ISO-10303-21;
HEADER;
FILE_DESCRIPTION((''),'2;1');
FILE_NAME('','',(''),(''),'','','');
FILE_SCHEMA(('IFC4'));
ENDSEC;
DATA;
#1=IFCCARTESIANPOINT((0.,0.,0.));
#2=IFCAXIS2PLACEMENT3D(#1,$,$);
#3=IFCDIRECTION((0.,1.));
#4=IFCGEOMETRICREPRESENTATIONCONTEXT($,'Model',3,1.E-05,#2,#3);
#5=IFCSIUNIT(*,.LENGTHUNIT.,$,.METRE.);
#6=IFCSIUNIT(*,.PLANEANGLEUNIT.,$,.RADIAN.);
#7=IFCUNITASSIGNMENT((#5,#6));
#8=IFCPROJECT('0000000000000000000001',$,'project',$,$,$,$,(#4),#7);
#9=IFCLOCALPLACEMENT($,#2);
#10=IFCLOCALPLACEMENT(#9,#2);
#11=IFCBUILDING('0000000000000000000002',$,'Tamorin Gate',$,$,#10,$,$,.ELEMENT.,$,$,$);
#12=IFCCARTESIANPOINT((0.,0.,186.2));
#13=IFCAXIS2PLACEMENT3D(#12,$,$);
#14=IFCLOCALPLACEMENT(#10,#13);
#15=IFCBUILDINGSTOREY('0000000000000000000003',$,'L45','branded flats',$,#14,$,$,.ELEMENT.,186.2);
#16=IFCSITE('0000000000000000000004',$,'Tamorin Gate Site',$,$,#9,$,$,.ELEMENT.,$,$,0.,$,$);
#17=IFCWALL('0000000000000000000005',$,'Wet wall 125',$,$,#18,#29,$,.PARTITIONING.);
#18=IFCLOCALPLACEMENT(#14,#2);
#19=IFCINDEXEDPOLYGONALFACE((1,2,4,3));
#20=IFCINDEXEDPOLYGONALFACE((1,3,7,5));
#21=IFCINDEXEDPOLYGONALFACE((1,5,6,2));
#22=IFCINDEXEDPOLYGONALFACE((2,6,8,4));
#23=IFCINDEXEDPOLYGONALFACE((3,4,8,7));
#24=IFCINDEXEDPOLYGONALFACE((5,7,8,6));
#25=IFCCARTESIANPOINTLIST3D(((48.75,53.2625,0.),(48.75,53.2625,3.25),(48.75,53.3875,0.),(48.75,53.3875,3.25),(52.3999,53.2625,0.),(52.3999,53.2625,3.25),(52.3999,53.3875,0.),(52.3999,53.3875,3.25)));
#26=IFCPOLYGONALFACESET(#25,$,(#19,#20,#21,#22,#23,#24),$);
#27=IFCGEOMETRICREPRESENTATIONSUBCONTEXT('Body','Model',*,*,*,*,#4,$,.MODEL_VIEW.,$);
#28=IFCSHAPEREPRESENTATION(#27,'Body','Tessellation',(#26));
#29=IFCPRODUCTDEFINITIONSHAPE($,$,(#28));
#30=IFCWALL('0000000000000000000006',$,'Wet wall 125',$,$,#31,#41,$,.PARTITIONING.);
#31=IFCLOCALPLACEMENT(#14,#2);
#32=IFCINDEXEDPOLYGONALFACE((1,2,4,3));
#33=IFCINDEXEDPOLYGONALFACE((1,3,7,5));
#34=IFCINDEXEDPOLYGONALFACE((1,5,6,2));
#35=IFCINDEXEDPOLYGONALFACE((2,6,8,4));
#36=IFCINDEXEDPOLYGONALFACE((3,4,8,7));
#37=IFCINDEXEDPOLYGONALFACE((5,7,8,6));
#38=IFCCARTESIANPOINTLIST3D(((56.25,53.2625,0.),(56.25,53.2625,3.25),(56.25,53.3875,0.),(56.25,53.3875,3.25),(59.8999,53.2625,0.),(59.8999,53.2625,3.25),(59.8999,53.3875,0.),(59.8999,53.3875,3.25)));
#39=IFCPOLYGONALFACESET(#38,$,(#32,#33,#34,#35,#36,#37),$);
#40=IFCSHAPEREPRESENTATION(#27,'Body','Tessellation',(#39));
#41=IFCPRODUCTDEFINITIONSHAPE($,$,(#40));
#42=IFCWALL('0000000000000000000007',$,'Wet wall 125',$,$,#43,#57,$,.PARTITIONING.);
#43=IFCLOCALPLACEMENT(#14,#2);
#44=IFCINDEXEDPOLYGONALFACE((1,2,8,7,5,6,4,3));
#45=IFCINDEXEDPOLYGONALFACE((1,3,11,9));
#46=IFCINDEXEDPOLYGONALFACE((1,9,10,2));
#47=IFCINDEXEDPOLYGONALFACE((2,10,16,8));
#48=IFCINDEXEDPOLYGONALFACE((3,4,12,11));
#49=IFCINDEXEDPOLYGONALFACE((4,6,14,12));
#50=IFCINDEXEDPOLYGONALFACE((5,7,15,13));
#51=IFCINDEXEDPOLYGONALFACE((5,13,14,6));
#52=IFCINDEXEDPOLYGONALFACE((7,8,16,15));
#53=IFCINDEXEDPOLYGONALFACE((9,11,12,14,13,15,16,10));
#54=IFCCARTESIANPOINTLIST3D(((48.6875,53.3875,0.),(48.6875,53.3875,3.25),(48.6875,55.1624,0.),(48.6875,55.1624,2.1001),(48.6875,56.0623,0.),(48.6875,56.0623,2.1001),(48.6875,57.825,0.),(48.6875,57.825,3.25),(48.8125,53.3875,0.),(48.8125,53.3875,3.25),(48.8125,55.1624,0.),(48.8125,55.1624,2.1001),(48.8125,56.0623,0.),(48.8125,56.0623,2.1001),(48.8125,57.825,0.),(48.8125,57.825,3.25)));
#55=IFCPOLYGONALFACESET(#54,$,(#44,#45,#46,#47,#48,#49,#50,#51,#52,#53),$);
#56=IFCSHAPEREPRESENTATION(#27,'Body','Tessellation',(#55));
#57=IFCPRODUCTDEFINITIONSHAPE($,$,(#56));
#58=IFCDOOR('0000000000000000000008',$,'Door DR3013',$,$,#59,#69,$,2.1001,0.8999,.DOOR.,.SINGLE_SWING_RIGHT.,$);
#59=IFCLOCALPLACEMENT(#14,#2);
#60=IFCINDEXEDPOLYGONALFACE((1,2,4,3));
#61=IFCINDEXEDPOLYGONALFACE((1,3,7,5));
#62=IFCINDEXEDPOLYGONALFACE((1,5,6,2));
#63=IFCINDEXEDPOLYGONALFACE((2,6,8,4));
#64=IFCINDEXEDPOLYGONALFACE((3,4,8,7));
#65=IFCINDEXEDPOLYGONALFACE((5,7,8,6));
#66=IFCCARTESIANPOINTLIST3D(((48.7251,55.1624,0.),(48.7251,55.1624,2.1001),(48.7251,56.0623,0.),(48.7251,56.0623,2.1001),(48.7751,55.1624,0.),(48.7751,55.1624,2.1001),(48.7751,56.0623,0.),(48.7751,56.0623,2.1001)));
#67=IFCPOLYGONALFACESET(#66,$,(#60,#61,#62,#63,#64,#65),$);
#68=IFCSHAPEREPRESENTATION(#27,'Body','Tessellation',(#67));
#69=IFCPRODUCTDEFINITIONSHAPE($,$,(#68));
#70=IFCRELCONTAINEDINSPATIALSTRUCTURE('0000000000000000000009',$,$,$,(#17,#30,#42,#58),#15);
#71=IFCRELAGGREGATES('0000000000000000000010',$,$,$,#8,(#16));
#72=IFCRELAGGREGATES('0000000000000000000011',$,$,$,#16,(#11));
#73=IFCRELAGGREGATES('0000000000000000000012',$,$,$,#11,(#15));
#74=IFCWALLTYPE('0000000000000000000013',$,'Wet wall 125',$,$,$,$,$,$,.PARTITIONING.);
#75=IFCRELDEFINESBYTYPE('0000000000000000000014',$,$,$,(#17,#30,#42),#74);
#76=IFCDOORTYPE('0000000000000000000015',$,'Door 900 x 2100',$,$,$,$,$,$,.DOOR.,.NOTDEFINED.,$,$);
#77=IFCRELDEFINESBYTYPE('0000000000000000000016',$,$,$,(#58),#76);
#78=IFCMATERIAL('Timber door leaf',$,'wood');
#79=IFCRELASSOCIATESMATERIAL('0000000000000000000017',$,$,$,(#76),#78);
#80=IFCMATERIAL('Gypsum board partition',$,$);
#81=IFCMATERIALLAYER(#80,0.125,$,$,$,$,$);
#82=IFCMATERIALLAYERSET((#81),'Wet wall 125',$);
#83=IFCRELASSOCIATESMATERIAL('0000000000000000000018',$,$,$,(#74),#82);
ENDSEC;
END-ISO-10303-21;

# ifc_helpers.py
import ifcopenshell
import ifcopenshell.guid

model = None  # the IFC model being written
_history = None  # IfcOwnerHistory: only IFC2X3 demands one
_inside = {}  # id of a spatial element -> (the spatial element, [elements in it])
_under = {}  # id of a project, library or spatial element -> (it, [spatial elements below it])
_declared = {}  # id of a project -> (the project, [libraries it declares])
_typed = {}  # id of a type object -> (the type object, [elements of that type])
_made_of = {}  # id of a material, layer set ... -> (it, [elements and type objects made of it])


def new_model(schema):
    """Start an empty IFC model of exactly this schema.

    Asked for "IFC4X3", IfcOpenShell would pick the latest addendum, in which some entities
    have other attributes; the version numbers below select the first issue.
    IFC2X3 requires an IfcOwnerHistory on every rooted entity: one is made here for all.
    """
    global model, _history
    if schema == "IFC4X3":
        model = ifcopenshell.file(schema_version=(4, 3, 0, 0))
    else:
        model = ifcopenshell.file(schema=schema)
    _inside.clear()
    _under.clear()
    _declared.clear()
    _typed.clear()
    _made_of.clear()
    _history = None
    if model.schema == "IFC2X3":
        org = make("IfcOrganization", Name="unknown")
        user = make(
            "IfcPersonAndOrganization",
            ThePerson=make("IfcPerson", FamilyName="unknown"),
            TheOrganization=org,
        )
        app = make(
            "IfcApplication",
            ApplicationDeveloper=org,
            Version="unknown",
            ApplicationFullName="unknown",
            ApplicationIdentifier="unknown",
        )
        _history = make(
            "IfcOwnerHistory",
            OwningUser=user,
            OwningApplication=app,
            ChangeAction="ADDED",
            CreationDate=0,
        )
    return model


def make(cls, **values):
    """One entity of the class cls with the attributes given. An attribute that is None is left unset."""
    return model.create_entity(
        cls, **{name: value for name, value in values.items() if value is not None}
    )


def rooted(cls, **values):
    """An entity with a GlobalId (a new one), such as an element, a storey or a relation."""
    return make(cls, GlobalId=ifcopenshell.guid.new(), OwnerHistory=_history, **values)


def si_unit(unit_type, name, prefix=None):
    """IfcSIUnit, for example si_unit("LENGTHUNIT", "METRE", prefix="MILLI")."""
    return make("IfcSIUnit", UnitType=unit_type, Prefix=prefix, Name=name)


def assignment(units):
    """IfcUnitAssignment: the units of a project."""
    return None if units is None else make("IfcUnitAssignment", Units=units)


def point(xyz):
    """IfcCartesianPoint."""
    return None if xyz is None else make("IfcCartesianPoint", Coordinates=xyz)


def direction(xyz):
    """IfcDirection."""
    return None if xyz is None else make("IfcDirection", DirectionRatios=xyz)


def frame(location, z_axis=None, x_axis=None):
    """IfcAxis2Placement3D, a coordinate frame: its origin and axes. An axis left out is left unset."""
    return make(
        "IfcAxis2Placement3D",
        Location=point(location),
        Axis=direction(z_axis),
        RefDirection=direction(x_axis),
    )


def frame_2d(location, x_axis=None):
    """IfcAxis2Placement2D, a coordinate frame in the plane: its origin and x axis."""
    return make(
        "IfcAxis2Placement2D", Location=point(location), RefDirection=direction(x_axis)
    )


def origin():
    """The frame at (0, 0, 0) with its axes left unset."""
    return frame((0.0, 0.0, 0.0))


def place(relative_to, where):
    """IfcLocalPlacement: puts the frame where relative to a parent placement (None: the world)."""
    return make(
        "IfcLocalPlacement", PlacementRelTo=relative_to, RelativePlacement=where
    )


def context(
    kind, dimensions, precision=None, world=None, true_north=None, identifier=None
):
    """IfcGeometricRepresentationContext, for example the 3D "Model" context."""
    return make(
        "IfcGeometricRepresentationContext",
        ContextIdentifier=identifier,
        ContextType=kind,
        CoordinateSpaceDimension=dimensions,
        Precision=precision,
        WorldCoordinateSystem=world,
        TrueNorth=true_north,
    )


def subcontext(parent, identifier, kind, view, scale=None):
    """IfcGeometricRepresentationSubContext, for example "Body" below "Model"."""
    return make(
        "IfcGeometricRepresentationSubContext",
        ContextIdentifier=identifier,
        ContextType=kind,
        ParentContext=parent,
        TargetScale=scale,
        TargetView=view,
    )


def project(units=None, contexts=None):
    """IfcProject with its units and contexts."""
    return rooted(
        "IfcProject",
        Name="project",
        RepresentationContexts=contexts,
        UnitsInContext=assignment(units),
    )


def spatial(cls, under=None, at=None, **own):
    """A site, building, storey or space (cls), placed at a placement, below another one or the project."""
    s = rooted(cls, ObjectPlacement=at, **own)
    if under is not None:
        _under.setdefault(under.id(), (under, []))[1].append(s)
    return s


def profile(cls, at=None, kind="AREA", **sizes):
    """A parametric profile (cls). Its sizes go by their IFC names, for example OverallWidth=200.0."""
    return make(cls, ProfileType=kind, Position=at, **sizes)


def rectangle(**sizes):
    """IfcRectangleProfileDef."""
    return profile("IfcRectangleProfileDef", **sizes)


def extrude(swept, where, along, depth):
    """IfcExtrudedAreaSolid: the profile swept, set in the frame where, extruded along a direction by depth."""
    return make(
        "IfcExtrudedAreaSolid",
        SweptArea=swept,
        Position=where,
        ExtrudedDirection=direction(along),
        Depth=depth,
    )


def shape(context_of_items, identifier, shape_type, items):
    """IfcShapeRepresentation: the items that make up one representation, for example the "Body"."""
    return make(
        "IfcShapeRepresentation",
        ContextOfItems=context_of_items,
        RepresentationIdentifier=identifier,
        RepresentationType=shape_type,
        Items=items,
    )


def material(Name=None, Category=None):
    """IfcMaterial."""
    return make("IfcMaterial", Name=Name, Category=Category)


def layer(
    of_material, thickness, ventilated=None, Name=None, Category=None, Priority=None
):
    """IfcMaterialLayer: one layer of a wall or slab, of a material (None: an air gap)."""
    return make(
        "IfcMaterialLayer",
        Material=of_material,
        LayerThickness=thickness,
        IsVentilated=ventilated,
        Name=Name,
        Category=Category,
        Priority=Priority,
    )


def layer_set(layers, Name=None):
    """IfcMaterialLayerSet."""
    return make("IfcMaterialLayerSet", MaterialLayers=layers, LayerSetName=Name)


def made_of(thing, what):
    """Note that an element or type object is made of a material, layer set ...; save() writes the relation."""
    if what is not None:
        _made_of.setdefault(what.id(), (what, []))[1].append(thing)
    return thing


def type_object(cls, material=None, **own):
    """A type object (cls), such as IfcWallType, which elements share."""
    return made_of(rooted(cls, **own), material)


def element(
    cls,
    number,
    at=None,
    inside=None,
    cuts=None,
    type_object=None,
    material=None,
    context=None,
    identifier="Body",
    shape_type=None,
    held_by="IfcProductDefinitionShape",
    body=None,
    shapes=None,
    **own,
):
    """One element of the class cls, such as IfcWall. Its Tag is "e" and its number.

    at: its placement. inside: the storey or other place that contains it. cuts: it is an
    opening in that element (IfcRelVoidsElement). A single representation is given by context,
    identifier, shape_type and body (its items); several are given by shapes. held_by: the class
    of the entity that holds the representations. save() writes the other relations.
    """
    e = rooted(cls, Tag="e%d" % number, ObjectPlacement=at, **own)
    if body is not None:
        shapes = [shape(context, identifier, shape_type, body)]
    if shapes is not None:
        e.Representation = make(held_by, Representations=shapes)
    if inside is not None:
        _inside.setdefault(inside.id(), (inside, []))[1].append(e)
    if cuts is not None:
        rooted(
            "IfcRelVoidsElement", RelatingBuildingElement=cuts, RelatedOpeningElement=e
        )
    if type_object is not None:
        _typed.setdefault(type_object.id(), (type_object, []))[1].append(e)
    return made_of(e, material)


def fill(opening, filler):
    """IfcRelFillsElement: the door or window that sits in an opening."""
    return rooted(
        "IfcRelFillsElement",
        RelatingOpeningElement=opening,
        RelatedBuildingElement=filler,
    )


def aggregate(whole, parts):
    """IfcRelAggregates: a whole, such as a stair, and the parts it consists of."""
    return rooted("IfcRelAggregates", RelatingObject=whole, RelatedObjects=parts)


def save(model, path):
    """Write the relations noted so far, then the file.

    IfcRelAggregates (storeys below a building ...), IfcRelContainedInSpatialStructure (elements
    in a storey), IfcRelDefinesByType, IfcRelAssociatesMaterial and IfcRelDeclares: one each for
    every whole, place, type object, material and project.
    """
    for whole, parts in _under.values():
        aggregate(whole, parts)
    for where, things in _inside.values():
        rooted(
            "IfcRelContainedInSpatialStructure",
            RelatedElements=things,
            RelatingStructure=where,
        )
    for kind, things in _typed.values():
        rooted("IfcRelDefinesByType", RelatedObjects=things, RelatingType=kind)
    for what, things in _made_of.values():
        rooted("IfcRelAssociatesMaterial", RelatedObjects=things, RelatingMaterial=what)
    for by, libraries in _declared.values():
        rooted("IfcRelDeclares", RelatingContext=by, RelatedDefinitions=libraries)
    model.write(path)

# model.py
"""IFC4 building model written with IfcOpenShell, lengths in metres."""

from ifc_helpers import new_model, si_unit, direction, frame, frame_2d, origin, place, context, subcontext, project, spatial, rectangle, extrude, material, layer, layer_set, type_object, element, fill, save


model = new_model("IFC4")

# Units and contexts
model_context = context("Model", 3, precision=1e-05, world=origin(), true_north=direction((0.0, 1.0)))
body_context = subcontext(model_context, "Body", "Model", "MODEL_VIEW")
ifc_project = project(units=[si_unit("LENGTHUNIT", "METRE"), si_unit("PLANEANGLEUNIT", "RADIAN")], contexts=[model_context])

# Site, building, storey
site_placement = place(None, origin())
site = spatial("IfcSite", under=ifc_project, at=site_placement, Name="Tamorin Gate Site", CompositionType="ELEMENT", RefElevation=0.0)
building_placement = place(site_placement, origin())
building = spatial("IfcBuilding", under=site, at=building_placement, Name="Tamorin Gate", CompositionType="ELEMENT")
storey_placement = place(building_placement, frame((0.0, 0.0, 186.2)))
storey = spatial("IfcBuildingStorey", under=building, at=storey_placement, Name="L45", Description="branded flats", CompositionType="ELEMENT", Elevation=186.2)

# Shared definitions
ifc_material_1 = material(Name="Gypsum board partition")

# Shared definitions
ifc_material_2 = material(Name="Timber door leaf", Category="wood")
door_type = type_object("IfcDoorType", Name="Door 900 x 2100", OperationType="NOTDEFINED", PredefinedType="DOOR", material=ifc_material_2)

# Walls
ifc_layer_1 = layer(ifc_material_1, 0.125)
ifc_layer_set_1 = layer_set([ifc_layer_1], Name="Wet wall 125")
wall_type_1 = type_object("IfcWallType", Name="Wet wall 125", PredefinedType="PARTITIONING", material=ifc_layer_set_1)
for number, where, z_axis, x_axis, name in (
    (1, (48.75, 53.325, 0.0), (0.0, 0.0, 1.0), (1.0, 0.0, 0.0), "Wet wall 125"),
    (2, (56.25, 53.325, 0.0), (0.0, 0.0, 1.0), (1.0, 0.0, 0.0), "Wet wall 125"),
):
    element("IfcWall", number, at=place(storey_placement, frame(where, z_axis=z_axis, x_axis=x_axis)), inside=storey, type_object=wall_type_1, Name=name, PredefinedType="PARTITIONING", context=body_context, shape_type="SweptSolid", body=[
        extrude(rectangle(XDim=3.6499, YDim=0.125, at=frame_2d((1.825, 0.0))), origin(), (0.0, 0.0, 1.0), 3.25),
    ])

# Wall, opening, door
wall_1_placement = place(storey_placement, frame((48.75, 53.3875, 0.0), z_axis=(0.0, 0.0, 1.0), x_axis=(0.0, 1.0, 0.0)))
wall_1 = element("IfcWall", 3, at=wall_1_placement, inside=storey, type_object=wall_type_1, Name="Wet wall 125", PredefinedType="PARTITIONING", context=body_context, shape_type="SweptSolid", body=[
    extrude(rectangle(XDim=4.4375, YDim=0.125, at=frame_2d((2.2188, 0.0))), origin(), (0.0, 0.0, 1.0), 3.25),
])
opening_1_placement = place(wall_1_placement, frame((1.7749, 0.0, 0.0)))
opening_1 = element("IfcOpeningElement", 4, at=opening_1_placement, cuts=wall_1, PredefinedType="OPENING", context=body_context, shape_type="SweptSolid", body=[
    extrude(rectangle(XDim=0.8999, YDim=2.1001, at=frame_2d((0.45, 1.05))), frame((0.0, 0.0725, 0.0), z_axis=(0.0, -1.0, 0.0), x_axis=(1.0, 0.0, 0.0)), (0.0, 0.0, 1.0), 0.145),
])
door_1_placement = place(opening_1_placement, origin())
door_1 = element("IfcDoor", 5, at=door_1_placement, inside=storey, type_object=door_type, Name="Door DR3013", OperationType="SINGLE_SWING_RIGHT", OverallHeight=2.1001, OverallWidth=0.8999, PredefinedType="DOOR", context=body_context, shape_type="SweptSolid", body=[
    extrude(rectangle(XDim=0.8999, YDim=2.1001, at=frame_2d((0.45, 1.05))), frame((0.0, 0.0249, 0.0), z_axis=(0.0, -1.0, 0.0), x_axis=(1.0, 0.0, 0.0)), (0.0, 0.0, 1.0), 0.05),
])
fill(opening_1, door_1)

save(model, "model.ifc")
